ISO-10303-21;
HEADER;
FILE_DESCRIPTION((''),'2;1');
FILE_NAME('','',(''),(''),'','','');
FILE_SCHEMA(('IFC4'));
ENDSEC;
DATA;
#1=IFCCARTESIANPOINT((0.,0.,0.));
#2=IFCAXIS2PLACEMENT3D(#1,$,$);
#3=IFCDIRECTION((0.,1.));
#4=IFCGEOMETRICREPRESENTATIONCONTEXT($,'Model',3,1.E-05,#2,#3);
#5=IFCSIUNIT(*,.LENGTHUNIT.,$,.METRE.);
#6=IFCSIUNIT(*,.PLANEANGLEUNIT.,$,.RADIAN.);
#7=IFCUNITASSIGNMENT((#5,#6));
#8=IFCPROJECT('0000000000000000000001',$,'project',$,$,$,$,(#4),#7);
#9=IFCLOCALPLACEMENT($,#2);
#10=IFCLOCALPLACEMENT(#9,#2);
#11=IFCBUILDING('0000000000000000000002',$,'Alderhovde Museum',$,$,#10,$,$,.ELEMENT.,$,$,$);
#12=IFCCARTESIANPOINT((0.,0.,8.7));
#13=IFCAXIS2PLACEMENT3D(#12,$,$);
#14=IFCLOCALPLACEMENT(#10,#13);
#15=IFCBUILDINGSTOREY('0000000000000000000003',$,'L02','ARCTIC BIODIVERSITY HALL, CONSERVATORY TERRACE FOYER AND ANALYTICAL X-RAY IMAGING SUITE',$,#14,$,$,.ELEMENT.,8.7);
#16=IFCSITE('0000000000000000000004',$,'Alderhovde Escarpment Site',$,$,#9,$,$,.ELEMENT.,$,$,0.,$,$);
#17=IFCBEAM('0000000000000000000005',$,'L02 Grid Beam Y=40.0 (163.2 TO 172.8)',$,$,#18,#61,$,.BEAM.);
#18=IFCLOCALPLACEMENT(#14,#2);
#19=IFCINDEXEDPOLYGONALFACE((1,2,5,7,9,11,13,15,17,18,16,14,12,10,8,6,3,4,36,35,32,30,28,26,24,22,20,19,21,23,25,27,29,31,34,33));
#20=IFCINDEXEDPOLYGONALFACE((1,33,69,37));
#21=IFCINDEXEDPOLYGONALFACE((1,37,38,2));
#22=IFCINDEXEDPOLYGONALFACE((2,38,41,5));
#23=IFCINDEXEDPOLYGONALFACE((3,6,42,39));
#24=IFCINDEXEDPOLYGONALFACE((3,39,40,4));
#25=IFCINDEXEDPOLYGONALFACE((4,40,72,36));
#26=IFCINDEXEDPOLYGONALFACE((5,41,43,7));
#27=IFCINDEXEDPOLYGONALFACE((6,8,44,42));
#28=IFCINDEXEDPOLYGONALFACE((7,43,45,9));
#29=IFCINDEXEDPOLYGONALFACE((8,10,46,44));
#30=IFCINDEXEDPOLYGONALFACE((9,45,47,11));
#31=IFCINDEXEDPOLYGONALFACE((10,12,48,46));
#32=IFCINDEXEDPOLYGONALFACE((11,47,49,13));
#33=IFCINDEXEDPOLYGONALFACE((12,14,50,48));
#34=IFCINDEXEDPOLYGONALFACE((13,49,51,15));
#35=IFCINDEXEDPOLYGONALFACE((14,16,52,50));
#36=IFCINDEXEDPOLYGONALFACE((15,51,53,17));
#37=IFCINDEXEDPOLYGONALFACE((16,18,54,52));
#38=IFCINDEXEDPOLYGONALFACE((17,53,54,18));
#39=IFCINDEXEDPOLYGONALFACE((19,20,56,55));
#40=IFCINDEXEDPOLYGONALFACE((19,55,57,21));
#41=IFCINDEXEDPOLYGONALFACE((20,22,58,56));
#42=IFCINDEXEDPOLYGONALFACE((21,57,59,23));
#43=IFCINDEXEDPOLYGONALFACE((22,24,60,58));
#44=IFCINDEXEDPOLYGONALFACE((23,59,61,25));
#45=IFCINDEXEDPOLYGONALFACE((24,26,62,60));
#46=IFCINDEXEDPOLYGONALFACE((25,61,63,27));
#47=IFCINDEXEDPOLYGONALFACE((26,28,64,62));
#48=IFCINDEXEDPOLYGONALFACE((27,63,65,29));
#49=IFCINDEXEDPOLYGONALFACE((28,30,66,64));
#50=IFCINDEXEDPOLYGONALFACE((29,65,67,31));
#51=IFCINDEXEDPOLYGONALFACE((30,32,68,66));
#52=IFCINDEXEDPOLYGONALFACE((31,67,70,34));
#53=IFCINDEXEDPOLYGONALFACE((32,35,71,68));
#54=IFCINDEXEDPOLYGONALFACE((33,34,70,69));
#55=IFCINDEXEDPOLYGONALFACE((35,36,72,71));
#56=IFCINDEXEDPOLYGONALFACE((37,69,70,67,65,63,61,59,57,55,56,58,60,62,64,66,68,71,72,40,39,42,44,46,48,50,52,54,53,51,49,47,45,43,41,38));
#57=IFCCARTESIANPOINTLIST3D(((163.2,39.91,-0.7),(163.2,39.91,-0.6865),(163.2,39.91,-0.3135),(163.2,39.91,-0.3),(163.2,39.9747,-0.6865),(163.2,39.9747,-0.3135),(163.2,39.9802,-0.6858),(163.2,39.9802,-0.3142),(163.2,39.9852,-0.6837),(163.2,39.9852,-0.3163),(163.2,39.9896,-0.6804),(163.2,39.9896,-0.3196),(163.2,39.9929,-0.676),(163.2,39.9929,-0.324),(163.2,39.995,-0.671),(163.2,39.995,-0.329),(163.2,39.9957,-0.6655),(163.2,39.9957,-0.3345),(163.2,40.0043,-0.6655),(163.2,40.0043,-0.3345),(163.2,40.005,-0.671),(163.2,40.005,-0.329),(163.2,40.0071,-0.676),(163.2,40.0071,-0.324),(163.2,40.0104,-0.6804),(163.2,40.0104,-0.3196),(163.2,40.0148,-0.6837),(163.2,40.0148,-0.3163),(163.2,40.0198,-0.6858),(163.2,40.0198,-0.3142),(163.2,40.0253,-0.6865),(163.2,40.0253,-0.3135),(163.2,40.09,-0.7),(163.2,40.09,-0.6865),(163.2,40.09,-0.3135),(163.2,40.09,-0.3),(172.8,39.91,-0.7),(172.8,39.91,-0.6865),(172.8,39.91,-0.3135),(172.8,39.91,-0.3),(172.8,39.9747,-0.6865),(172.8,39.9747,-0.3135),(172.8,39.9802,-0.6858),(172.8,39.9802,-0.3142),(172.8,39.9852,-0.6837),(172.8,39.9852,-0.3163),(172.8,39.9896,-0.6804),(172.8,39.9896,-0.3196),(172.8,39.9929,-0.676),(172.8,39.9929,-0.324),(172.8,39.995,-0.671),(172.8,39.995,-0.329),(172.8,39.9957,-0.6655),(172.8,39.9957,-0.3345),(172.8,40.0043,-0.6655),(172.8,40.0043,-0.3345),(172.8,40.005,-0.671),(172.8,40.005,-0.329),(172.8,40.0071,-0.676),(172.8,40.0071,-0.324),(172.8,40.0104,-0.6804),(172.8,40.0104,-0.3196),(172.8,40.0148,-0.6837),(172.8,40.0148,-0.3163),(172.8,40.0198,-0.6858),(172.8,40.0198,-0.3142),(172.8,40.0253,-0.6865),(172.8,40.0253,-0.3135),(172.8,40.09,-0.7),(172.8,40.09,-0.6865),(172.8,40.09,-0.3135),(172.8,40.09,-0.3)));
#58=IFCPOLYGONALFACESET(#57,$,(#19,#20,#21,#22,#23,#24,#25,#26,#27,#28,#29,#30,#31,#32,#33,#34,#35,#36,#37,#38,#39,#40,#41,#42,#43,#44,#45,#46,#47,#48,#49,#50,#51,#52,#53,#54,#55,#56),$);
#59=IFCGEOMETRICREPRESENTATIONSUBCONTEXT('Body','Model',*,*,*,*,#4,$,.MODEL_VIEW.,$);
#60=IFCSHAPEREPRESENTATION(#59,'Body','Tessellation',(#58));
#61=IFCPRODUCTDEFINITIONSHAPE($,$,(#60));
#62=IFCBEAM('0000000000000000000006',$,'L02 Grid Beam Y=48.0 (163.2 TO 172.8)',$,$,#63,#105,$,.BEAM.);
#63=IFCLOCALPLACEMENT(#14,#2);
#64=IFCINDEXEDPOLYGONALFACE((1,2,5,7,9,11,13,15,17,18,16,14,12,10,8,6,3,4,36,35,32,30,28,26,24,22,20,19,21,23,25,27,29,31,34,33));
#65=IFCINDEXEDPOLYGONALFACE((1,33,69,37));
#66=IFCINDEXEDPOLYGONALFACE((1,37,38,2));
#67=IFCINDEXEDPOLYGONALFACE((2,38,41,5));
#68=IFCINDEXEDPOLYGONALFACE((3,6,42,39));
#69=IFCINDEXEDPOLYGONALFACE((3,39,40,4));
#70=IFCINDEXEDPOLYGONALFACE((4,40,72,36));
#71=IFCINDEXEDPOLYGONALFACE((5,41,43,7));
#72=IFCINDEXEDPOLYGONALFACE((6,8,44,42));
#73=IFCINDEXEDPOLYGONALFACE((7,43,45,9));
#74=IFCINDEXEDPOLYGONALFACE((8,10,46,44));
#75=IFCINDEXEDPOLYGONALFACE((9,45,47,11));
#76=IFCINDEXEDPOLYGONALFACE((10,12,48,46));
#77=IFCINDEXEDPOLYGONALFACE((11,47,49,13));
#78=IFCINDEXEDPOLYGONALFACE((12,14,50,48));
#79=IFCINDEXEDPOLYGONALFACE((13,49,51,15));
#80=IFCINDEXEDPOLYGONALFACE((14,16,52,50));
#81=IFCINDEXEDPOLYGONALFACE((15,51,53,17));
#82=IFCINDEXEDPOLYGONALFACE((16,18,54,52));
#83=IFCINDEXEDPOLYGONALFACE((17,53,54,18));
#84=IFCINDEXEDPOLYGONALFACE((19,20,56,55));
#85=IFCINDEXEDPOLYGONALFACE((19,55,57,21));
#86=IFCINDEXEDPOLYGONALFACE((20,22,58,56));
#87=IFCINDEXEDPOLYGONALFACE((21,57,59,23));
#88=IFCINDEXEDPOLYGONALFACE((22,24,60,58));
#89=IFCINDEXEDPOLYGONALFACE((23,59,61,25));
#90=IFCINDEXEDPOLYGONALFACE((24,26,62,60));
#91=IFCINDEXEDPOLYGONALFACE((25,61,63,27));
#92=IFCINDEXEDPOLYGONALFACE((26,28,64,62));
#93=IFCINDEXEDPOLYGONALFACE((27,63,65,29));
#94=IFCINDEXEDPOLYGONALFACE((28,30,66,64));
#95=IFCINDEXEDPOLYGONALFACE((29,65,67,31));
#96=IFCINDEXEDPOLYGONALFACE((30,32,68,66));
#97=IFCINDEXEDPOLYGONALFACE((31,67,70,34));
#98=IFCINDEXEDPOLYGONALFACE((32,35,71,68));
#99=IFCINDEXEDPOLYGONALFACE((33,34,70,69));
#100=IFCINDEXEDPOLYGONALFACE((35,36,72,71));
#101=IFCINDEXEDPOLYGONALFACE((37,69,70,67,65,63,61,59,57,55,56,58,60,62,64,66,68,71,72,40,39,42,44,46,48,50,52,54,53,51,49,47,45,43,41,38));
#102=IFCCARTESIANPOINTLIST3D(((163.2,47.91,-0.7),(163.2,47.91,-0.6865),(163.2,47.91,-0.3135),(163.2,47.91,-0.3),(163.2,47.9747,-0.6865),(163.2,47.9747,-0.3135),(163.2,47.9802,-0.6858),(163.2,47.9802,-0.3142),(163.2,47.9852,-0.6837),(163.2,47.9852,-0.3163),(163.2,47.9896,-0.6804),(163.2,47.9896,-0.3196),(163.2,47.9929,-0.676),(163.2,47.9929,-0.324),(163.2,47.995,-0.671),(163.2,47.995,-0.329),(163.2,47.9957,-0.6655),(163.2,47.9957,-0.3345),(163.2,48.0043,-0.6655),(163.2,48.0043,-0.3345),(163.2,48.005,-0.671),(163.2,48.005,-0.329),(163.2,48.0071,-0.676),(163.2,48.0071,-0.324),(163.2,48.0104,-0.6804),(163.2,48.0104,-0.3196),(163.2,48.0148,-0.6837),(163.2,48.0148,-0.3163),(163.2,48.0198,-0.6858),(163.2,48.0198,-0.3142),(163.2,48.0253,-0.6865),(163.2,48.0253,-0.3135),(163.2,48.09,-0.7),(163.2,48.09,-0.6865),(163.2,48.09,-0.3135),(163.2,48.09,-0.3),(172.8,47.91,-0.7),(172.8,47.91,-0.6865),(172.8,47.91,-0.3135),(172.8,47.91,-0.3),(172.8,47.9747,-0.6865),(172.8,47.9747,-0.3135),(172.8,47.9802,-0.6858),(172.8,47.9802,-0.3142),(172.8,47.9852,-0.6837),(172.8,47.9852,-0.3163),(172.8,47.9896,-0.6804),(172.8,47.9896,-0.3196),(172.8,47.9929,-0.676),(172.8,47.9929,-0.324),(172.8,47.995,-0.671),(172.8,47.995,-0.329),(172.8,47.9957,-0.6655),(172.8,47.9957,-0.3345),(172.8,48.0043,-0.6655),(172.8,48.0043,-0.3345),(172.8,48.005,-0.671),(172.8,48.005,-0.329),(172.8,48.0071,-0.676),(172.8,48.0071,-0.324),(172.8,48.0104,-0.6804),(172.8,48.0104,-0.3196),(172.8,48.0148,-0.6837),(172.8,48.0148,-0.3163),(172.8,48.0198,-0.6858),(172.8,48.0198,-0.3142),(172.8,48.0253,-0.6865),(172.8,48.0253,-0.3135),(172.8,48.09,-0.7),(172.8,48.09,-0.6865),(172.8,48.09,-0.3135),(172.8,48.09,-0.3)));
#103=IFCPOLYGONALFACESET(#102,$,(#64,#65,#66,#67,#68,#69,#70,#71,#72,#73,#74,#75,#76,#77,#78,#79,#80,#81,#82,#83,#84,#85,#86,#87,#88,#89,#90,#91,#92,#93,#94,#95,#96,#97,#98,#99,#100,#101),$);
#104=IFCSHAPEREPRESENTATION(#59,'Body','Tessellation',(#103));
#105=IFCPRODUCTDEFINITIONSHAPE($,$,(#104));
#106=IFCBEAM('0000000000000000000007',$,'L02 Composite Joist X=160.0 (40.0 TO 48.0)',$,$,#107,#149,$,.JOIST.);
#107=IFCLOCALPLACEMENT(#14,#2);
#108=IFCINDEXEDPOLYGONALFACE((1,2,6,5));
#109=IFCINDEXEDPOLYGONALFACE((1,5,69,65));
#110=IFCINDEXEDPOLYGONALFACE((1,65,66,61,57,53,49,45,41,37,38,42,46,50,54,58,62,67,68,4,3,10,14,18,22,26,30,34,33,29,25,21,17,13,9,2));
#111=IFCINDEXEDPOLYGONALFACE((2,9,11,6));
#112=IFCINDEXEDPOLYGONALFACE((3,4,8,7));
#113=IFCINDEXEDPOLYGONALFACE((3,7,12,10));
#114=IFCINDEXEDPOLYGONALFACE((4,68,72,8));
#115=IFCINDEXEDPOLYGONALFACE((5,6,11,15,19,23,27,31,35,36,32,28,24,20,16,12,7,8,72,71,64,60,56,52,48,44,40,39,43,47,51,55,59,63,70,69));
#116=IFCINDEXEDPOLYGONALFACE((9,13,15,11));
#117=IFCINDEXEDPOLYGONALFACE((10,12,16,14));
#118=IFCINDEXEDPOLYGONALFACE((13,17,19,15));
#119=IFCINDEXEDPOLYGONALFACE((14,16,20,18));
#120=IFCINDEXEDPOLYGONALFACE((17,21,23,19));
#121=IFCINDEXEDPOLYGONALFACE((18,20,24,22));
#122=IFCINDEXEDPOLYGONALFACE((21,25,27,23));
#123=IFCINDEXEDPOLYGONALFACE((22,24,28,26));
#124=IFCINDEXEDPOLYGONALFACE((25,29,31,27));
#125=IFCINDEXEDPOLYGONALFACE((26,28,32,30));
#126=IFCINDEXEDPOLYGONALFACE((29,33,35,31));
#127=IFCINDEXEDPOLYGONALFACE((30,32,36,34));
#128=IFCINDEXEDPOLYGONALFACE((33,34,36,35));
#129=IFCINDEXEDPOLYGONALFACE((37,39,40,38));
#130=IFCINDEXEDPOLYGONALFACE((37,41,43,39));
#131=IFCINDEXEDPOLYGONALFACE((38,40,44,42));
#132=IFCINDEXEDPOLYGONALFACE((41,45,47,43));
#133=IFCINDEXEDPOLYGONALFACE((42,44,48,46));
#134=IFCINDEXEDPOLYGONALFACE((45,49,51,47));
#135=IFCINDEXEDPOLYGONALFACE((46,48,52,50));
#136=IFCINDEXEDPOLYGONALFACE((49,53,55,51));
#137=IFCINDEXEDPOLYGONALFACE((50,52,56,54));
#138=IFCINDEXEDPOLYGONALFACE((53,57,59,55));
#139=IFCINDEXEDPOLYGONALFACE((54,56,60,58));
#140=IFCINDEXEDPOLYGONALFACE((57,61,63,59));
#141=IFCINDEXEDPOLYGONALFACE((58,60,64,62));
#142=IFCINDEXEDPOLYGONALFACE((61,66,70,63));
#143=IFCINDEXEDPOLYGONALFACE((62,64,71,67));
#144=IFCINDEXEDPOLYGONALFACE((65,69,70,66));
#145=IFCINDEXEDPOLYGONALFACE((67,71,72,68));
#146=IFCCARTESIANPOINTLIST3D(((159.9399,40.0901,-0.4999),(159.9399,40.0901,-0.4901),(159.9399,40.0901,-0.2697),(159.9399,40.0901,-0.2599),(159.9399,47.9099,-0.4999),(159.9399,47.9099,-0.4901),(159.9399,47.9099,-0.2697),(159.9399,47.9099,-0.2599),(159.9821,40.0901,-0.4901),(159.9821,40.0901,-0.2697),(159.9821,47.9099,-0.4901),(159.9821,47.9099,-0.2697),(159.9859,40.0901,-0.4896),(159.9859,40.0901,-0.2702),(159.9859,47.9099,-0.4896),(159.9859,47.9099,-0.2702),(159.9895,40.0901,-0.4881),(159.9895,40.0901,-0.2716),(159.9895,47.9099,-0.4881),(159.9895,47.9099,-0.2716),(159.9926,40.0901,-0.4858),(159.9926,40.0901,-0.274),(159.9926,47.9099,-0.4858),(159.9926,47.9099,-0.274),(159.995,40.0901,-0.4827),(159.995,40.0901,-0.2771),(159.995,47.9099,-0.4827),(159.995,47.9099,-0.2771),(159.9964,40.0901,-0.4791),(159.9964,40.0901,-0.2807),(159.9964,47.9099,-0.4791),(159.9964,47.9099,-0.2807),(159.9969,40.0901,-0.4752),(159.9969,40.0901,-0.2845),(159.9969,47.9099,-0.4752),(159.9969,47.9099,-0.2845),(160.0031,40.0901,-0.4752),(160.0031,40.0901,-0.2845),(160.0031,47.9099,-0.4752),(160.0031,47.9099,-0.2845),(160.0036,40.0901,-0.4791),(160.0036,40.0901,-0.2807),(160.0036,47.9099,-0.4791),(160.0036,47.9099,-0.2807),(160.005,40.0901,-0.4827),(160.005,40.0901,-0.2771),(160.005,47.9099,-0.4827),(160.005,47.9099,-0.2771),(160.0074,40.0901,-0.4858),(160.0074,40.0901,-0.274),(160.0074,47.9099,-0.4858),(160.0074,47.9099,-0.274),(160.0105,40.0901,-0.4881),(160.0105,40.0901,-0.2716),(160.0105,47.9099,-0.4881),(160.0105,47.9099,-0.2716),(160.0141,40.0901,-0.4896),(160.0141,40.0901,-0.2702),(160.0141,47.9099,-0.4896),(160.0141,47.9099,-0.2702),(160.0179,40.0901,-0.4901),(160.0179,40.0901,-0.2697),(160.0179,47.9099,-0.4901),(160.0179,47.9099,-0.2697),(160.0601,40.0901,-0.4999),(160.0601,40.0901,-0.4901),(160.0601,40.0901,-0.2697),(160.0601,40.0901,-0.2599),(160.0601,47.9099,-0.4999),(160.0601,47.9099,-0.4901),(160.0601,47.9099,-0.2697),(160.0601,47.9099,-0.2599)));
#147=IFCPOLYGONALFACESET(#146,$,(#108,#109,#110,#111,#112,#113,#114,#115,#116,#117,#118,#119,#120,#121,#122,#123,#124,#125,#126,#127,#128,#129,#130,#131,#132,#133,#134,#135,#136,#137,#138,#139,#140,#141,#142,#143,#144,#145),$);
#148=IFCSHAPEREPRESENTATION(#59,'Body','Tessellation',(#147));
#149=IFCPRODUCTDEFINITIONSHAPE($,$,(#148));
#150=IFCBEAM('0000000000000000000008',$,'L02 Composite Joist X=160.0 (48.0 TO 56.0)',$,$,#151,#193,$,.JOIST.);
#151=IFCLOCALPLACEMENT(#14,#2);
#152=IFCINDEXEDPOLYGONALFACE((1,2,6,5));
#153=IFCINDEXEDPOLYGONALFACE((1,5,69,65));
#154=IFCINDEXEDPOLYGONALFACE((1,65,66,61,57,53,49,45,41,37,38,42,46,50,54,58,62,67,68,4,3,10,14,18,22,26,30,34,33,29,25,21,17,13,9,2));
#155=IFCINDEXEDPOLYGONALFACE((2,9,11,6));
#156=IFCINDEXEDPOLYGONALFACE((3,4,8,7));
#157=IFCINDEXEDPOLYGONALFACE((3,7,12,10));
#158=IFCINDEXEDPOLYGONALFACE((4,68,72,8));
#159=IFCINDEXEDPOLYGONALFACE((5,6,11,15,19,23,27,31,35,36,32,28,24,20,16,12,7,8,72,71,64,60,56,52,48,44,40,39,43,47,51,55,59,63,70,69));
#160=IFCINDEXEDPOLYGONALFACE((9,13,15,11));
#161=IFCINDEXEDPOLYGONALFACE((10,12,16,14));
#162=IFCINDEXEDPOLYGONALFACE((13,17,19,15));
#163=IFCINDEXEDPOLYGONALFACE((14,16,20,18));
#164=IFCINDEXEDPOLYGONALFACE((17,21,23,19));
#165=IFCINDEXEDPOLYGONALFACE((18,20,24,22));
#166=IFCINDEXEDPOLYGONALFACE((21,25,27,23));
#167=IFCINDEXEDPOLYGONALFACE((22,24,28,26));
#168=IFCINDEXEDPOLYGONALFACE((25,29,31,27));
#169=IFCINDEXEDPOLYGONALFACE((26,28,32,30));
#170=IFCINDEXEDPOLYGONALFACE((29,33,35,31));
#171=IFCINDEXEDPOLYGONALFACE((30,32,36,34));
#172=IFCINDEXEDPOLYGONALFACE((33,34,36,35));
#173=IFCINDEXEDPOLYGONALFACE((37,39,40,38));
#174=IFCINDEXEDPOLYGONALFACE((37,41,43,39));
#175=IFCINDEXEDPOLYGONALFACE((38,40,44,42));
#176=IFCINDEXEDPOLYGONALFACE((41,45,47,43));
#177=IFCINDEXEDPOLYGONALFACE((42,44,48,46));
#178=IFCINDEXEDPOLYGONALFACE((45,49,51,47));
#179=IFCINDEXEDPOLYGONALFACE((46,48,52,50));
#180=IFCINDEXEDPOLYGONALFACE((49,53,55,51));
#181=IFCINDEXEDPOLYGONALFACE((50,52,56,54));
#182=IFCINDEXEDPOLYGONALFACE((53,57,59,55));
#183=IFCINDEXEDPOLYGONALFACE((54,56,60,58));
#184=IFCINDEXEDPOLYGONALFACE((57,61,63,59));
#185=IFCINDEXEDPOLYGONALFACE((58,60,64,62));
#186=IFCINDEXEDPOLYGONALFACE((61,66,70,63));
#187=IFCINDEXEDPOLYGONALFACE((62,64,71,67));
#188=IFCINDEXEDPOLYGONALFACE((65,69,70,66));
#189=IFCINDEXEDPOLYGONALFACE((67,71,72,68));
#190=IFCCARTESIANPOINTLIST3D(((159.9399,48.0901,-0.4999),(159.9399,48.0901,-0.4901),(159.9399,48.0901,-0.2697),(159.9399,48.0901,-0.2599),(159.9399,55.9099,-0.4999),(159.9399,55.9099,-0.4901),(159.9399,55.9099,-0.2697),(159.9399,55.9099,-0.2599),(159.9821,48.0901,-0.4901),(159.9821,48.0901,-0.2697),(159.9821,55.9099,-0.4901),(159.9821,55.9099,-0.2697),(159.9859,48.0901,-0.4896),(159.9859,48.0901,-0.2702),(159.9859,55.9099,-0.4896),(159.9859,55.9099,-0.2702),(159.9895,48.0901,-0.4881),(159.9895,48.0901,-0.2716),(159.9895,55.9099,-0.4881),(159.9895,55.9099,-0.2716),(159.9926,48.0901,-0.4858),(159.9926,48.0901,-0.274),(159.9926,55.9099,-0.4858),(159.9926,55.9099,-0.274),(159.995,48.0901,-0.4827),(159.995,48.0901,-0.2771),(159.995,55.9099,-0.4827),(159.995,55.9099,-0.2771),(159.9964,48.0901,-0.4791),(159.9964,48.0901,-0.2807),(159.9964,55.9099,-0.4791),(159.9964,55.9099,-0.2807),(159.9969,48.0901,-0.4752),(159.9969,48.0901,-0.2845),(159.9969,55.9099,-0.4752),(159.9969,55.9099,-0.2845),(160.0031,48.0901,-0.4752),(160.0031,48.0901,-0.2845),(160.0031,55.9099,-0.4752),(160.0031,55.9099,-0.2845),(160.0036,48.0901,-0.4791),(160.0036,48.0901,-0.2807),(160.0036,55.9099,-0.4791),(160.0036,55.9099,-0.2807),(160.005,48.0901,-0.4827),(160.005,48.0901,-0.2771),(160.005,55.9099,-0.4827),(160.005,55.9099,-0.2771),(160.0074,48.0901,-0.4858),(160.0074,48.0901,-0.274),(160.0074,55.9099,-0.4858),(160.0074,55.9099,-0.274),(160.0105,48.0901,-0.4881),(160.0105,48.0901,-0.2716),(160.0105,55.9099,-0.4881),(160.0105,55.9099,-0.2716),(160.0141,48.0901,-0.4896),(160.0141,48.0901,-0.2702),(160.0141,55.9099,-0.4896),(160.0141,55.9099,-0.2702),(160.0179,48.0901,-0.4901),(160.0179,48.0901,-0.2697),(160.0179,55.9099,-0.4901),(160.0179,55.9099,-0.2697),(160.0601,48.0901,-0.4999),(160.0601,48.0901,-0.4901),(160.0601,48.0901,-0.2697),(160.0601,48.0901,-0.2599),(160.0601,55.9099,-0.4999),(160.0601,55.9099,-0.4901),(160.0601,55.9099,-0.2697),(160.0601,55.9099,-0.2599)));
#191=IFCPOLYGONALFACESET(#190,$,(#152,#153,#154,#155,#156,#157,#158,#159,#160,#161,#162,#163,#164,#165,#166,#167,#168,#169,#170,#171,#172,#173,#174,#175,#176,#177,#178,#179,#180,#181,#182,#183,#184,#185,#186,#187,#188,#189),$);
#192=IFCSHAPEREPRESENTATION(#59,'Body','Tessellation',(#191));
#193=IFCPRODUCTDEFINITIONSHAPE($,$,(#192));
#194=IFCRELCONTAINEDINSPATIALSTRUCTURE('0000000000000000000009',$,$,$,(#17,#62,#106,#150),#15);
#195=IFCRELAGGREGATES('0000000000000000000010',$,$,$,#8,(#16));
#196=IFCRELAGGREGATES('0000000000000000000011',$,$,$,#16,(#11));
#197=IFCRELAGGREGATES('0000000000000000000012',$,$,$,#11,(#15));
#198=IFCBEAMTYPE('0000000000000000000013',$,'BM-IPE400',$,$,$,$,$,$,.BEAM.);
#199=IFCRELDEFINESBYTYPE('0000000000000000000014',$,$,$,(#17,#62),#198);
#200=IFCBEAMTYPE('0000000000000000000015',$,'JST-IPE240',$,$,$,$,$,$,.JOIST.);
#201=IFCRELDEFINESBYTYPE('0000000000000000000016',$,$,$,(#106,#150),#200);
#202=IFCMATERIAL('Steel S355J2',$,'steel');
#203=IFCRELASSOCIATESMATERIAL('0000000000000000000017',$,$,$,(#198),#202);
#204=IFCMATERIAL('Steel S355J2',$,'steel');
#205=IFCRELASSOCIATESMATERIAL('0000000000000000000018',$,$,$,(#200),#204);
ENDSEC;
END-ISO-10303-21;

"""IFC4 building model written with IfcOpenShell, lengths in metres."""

from ifc_helpers import new_model, si_unit, direction, frame, origin, origin_2d, place, context, subcontext, project, spatial, i_section, extrude, material, material_profile, profile_set, type_object, element, save


model = new_model("IFC4")

# Units and contexts
model_context = context("Model", 3, precision=1e-05, world=origin(), true_north=direction((0.0, 1.0)))
body_context = subcontext(model_context, "Body", "Model", "MODEL_VIEW")
ifc_project = project(units=[si_unit("LENGTHUNIT", "METRE"), si_unit("PLANEANGLEUNIT", "RADIAN")], contexts=[model_context])

# Site, building, storey
site_placement = place(None, origin())
site = spatial("IfcSite", under=ifc_project, at=site_placement, Name="Alderhovde Escarpment Site", CompositionType="ELEMENT", RefElevation=0.0)
building_placement = place(site_placement, origin())
building = spatial("IfcBuilding", under=site, at=building_placement, Name="Alderhovde Museum", CompositionType="ELEMENT")
storey_placement = place(building_placement, frame((0.0, 0.0, 8.7)))
storey = spatial("IfcBuildingStorey", under=building, at=storey_placement, Name="L02", Description="ARCTIC BIODIVERSITY HALL, CONSERVATORY TERRACE FOYER AND ANALYTICAL X-RAY IMAGING SUITE", CompositionType="ELEMENT", Elevation=8.7)

# Beams
ifc_material_1 = material(Name="Steel S355J2", Category="steel")
ifc_material_profile_1 = material_profile(ifc_material_1, i_section(OverallWidth=0.1799, OverallDepth=0.3999, WebThickness=0.0085, FlangeThickness=0.0134, FilletRadius=0.021, at=origin_2d()), Name="IPE 400")
ifc_profile_set_1 = profile_set([ifc_material_profile_1], Name="Steel S355J2")
beam_type_1 = type_object("IfcBeamType", Name="BM-IPE400", PredefinedType="BEAM", material=ifc_profile_set_1)
for number, where, z_axis, x_axis, name in (
    (1, (163.2, 40.0, -0.5), (1.0, 0.0, 0.0), (0.0, 1.0, 0.0), "L02 Grid Beam Y=40.0 (163.2 TO 172.8)"),
    (2, (163.2, 48.0, -0.5), (1.0, 0.0, 0.0), (0.0, 1.0, 0.0), "L02 Grid Beam Y=48.0 (163.2 TO 172.8)"),
):
    element("IfcBeam", number, at=place(storey_placement, frame(where, z_axis=z_axis, x_axis=x_axis)), inside=storey, type_object=beam_type_1, Name=name, PredefinedType="BEAM", context=body_context, shape_type="SweptSolid", body=[
        extrude(i_section(OverallWidth=0.1799, OverallDepth=0.3999, WebThickness=0.0085, FlangeThickness=0.0134, FilletRadius=0.021, at=origin_2d()), origin(), (0.0, 0.0, 1.0), 9.6001),
    ])
ifc_material_2 = material(Name="Steel S355J2", Category="steel")
ifc_material_profile_2 = material_profile(ifc_material_2, i_section(OverallWidth=0.1201, OverallDepth=0.24, WebThickness=0.0061, FlangeThickness=0.0098, FilletRadius=0.0149, at=origin_2d()), Name="IPE 240")
ifc_profile_set_2 = profile_set([ifc_material_profile_2], Name="Steel S355J2")
beam_type_2 = type_object("IfcBeamType", Name="JST-IPE240", PredefinedType="JOIST", material=ifc_profile_set_2)
for number, where, z_axis, x_axis, name in (
    (3, (160.0, 40.0901, -0.3799), (0.0, 1.0, 0.0), (-1.0, 0.0, 0.0), "L02 Composite Joist X=160.0 (40.0 TO 48.0)"),
    (4, (160.0, 48.0901, -0.3799), (0.0, 1.0, 0.0), (-1.0, 0.0, 0.0), "L02 Composite Joist X=160.0 (48.0 TO 56.0)"),
):
    element("IfcBeam", number, at=place(storey_placement, frame(where, z_axis=z_axis, x_axis=x_axis)), inside=storey, type_object=beam_type_2, Name=name, PredefinedType="JOIST", context=body_context, shape_type="SweptSolid", body=[
        extrude(i_section(OverallWidth=0.1201, OverallDepth=0.24, WebThickness=0.0061, FlangeThickness=0.0098, FilletRadius=0.0149, at=origin_2d()), origin(), (0.0, 0.0, 1.0), 7.8198),
    ])

save(model, "model.ifc")
